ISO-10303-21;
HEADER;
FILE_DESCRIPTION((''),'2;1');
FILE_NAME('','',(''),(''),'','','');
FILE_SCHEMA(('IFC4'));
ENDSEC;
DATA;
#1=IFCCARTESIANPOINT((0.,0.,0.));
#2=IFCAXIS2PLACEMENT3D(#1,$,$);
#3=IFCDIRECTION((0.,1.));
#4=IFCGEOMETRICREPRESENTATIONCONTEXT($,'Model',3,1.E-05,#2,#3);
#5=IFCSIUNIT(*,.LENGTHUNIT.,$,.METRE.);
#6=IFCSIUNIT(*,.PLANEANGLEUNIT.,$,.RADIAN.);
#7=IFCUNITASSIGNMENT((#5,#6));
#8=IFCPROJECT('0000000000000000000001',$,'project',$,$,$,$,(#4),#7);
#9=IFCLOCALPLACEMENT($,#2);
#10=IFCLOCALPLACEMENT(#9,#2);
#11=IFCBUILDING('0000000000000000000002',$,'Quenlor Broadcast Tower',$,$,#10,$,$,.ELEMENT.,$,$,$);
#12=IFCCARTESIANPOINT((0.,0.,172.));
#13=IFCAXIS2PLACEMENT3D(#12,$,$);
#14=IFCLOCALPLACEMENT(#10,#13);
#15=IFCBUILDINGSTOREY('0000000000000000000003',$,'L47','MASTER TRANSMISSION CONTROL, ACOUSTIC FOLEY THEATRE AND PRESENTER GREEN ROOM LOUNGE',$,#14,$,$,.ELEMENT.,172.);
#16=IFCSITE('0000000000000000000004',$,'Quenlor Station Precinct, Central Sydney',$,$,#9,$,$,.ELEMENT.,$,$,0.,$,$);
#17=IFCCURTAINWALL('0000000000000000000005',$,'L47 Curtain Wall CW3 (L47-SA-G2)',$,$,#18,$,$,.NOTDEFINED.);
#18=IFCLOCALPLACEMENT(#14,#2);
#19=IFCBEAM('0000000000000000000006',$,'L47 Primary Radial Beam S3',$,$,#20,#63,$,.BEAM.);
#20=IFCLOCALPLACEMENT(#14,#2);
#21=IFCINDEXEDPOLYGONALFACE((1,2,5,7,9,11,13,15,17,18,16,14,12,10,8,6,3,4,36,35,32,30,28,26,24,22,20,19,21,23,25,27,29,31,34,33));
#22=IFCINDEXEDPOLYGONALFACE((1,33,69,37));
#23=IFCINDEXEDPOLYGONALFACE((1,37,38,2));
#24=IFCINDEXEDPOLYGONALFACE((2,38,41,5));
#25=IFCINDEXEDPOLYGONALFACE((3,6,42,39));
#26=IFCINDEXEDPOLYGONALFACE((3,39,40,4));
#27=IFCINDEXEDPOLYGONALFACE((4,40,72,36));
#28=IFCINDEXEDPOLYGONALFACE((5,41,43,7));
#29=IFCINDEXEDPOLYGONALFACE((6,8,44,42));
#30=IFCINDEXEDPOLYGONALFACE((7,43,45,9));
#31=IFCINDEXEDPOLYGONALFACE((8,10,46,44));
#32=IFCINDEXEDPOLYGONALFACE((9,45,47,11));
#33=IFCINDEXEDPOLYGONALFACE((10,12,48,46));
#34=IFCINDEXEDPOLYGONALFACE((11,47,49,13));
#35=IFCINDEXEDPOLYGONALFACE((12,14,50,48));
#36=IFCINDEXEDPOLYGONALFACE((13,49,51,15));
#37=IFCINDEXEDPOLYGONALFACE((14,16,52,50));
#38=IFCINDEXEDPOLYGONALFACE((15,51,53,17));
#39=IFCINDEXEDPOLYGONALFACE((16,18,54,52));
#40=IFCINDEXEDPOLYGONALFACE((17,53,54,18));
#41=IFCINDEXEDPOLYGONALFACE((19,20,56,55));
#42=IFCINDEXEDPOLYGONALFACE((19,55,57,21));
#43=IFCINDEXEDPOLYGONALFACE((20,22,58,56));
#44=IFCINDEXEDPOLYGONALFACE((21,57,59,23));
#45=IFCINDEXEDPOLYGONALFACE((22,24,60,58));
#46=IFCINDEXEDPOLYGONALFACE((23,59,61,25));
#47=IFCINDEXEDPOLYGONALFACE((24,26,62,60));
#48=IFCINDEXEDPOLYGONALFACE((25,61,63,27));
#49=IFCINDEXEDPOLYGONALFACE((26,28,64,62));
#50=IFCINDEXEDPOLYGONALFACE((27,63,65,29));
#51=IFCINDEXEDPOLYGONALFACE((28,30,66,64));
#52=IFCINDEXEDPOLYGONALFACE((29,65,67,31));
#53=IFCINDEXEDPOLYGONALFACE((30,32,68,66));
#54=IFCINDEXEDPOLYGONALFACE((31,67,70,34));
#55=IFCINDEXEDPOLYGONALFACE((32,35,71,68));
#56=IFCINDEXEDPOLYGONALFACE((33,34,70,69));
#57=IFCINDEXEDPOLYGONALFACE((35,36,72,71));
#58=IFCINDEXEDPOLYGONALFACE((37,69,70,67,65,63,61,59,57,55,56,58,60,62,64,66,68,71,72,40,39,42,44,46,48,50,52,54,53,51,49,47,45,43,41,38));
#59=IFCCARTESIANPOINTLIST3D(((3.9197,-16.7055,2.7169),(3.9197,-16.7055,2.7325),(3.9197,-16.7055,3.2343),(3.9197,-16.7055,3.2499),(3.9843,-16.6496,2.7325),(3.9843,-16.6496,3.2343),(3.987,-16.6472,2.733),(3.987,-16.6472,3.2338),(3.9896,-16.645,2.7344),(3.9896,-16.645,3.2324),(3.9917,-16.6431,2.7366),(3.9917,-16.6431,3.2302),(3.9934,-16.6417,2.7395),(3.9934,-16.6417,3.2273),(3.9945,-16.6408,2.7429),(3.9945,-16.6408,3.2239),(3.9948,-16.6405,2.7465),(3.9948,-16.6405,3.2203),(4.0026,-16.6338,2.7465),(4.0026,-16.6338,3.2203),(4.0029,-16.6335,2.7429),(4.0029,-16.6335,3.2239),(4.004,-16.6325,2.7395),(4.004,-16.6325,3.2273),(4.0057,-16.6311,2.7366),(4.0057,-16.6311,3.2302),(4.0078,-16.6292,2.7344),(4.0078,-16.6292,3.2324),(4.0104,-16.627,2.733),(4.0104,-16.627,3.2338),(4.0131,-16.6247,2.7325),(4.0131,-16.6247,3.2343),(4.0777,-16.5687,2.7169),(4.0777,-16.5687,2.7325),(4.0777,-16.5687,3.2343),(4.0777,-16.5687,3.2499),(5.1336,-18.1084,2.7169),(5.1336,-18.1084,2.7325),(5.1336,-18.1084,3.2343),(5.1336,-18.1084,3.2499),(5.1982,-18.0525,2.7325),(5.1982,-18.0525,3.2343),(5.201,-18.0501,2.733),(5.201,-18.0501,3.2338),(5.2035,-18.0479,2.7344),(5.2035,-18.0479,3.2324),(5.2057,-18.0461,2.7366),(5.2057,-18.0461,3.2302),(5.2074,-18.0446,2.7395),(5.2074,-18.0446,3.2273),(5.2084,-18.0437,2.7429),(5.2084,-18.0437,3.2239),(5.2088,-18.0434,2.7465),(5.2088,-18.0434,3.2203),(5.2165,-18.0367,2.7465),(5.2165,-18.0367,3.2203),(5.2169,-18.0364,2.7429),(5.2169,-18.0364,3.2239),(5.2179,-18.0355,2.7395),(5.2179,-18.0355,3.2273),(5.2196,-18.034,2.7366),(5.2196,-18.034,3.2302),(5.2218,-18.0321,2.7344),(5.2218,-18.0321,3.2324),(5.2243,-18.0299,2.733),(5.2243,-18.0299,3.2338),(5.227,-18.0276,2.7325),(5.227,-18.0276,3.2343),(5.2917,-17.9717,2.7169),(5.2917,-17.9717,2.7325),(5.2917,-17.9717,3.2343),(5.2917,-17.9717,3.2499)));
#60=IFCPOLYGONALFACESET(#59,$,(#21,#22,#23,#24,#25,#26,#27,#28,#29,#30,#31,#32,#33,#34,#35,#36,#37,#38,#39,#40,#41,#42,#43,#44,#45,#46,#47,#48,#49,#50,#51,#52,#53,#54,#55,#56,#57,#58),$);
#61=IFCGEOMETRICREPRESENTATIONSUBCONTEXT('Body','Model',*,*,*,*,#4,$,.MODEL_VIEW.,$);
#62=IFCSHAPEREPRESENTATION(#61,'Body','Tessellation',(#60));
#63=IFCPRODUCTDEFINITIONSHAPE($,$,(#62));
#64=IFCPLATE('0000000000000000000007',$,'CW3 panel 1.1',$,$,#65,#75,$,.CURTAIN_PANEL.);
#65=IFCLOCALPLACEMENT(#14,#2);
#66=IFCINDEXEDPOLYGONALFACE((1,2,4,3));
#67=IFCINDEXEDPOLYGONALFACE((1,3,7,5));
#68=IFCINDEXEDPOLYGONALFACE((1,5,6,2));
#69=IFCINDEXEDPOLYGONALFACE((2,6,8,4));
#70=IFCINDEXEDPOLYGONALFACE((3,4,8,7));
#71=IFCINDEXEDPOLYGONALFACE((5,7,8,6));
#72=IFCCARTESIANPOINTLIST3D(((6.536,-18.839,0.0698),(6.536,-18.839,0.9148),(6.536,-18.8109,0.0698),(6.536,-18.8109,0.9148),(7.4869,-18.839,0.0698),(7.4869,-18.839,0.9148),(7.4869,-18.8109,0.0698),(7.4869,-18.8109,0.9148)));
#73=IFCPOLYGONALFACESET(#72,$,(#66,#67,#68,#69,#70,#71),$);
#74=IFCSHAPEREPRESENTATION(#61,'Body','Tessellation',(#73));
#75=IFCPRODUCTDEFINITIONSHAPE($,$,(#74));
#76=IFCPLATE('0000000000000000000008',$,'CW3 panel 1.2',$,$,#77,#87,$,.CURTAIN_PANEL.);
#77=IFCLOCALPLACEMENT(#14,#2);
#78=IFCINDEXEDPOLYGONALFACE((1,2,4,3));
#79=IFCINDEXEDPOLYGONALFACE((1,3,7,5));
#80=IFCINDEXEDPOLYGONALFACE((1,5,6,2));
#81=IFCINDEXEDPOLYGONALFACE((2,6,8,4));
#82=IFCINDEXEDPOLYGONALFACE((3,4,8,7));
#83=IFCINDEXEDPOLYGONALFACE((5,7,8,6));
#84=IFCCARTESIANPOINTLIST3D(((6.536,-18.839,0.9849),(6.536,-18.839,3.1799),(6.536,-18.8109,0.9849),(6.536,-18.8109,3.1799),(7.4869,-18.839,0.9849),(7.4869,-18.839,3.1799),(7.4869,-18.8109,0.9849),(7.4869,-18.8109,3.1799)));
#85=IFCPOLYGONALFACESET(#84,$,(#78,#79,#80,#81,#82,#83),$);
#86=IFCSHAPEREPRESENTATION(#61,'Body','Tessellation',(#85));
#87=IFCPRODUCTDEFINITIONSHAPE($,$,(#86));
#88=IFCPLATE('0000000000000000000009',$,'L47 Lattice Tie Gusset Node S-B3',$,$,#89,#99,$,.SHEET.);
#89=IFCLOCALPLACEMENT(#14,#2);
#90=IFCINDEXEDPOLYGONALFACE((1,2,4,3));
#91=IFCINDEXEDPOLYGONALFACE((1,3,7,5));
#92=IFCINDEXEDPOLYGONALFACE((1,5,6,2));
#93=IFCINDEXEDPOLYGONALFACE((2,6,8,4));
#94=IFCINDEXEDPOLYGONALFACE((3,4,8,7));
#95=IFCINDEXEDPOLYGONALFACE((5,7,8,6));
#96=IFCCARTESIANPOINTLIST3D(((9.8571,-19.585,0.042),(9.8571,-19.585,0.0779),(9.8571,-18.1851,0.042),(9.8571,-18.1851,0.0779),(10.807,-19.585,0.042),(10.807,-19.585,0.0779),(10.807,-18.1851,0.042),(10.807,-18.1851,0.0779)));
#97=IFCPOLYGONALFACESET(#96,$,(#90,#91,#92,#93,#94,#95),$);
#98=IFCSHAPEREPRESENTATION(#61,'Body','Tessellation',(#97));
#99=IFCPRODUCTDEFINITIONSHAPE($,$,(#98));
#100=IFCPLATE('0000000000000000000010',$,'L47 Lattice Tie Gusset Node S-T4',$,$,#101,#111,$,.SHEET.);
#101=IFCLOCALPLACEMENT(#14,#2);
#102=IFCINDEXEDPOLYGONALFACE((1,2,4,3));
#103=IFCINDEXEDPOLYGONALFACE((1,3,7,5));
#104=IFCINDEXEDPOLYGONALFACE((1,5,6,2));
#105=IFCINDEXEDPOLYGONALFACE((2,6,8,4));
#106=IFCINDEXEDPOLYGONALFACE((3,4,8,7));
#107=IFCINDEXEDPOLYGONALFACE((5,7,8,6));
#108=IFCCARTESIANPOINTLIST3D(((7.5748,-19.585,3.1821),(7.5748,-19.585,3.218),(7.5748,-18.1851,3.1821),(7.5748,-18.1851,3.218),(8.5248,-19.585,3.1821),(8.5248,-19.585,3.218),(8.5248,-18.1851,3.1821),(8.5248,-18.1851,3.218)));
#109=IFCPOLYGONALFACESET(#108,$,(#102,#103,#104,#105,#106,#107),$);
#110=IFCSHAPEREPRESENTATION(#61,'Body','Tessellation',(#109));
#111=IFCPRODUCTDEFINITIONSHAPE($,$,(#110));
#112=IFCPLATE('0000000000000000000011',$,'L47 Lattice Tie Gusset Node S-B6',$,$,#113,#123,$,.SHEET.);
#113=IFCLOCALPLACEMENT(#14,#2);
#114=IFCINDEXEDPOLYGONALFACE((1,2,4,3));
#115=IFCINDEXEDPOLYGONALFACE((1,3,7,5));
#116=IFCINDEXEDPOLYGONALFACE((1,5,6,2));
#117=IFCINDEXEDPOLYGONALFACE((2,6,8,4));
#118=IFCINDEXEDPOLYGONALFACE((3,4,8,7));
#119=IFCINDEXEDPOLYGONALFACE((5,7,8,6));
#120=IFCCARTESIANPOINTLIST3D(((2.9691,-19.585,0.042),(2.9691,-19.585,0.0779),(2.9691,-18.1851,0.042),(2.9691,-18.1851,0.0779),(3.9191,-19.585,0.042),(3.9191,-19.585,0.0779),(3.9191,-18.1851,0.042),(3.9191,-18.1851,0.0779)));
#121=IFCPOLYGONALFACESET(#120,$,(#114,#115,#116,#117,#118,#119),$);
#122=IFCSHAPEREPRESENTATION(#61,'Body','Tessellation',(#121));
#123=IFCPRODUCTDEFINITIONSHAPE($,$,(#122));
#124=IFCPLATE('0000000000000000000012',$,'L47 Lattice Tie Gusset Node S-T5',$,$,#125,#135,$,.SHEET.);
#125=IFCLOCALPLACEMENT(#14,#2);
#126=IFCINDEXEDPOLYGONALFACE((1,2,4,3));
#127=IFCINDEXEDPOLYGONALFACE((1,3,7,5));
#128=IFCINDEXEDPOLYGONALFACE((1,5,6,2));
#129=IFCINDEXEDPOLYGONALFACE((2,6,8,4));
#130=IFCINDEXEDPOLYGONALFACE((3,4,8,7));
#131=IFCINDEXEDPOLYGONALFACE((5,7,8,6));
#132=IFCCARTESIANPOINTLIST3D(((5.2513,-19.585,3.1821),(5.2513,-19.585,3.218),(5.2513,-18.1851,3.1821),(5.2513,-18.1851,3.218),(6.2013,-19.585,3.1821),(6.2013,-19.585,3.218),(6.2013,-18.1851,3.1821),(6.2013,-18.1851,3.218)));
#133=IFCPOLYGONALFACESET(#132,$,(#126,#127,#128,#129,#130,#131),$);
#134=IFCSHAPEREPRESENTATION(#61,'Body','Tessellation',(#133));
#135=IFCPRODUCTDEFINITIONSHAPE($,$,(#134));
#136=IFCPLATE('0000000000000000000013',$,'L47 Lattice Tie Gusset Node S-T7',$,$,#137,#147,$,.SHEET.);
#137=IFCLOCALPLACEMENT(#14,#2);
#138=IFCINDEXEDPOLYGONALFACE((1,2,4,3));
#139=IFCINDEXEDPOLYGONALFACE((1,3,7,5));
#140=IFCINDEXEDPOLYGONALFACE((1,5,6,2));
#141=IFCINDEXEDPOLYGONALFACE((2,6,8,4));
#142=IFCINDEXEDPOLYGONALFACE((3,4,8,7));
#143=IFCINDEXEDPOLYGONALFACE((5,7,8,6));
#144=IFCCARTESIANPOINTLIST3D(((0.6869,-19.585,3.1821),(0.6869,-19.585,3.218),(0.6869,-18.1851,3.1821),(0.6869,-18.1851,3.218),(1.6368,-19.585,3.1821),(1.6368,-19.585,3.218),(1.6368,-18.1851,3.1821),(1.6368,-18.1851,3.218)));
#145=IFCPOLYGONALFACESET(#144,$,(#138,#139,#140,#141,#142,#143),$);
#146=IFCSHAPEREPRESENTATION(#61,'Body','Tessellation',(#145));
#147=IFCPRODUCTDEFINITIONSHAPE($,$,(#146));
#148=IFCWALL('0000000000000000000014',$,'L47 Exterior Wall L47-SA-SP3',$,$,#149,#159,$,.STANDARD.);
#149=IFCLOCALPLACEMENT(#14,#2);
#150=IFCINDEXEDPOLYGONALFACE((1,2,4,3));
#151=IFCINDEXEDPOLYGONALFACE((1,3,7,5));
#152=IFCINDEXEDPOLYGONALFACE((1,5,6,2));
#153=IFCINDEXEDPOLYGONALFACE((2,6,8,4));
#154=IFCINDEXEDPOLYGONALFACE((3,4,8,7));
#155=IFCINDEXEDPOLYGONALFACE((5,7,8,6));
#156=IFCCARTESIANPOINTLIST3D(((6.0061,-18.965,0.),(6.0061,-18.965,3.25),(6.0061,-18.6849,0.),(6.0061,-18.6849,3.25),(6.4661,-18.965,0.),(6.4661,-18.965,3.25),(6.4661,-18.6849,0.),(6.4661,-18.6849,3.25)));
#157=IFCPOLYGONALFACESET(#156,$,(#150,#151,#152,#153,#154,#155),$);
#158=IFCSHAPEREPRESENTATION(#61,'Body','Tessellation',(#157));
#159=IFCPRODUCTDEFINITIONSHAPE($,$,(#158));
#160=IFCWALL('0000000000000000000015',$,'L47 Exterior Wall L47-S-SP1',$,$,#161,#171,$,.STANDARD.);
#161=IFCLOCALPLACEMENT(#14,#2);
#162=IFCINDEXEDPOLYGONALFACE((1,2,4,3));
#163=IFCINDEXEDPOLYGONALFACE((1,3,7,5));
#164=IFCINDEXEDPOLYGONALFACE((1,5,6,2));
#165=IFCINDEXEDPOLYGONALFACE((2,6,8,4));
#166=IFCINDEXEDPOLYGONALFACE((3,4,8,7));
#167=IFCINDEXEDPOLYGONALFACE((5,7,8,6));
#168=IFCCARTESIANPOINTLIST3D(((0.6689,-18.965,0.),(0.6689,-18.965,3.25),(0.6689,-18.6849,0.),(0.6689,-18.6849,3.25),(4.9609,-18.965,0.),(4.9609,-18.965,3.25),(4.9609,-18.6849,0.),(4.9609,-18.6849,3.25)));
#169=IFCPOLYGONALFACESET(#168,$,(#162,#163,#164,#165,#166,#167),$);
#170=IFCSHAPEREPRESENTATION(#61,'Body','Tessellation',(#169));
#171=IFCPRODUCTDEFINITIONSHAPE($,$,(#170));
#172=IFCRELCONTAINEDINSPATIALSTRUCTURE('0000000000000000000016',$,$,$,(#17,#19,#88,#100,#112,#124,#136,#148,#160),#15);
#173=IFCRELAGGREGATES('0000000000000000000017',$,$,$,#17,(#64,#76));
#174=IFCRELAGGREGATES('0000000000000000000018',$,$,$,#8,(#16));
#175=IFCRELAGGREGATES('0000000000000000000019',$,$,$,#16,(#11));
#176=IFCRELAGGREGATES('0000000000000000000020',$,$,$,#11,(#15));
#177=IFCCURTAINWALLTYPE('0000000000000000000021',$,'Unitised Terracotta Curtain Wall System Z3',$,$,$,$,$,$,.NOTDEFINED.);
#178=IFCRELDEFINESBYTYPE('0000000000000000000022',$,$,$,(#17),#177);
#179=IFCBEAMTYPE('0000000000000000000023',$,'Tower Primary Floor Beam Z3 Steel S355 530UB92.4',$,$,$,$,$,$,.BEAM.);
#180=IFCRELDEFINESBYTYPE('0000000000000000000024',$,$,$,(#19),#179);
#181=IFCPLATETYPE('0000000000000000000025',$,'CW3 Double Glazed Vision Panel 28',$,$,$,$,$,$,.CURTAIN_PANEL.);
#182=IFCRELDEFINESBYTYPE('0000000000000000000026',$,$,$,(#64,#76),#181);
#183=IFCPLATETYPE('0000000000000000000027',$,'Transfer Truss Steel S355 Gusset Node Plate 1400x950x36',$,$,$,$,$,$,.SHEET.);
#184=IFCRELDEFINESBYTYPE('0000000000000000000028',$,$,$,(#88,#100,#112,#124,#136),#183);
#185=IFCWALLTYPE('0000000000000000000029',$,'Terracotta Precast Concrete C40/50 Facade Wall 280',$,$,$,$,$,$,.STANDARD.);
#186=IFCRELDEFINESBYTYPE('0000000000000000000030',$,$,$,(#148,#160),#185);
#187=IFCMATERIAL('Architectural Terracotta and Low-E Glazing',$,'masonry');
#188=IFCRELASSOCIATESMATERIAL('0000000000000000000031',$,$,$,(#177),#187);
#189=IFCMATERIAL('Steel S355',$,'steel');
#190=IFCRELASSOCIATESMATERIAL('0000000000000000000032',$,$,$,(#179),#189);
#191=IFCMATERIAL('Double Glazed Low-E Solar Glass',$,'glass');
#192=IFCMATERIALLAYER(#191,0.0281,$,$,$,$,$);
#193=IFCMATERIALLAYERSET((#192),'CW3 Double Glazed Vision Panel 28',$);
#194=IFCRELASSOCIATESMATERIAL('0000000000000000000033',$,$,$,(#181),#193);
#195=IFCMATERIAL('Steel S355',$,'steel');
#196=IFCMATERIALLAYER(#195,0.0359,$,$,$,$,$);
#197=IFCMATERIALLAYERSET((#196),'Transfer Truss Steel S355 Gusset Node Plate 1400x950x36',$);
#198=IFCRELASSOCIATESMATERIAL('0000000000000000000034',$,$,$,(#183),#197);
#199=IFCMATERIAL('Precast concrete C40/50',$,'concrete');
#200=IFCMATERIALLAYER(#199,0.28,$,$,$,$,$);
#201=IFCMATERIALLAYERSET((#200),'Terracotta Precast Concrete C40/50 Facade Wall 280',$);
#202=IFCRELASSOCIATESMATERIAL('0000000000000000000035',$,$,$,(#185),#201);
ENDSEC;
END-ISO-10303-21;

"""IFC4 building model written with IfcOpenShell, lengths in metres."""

from ifc_helpers import new_model, si_unit, direction, frame, frame_2d, origin, origin_2d, place, context, subcontext, project, spatial, rectangle, i_section, extrude, material, layer, layer_set, material_profile, profile_set, type_object, element, aggregate, save


model = new_model("IFC4")

# Units and contexts
model_context = context("Model", 3, precision=1e-05, world=origin(), true_north=direction((0.0, 1.0)))
body_context = subcontext(model_context, "Body", "Model", "MODEL_VIEW")
ifc_project = project(units=[si_unit("LENGTHUNIT", "METRE"), si_unit("PLANEANGLEUNIT", "RADIAN")], contexts=[model_context])

# Site, building, storey
site_placement = place(None, origin())
site = spatial("IfcSite", under=ifc_project, at=site_placement, Name="Quenlor Station Precinct, Central Sydney", CompositionType="ELEMENT", RefElevation=0.0)
building_placement = place(site_placement, origin())
building = spatial("IfcBuilding", under=site, at=building_placement, Name="Quenlor Broadcast Tower", CompositionType="ELEMENT")
storey_placement = place(building_placement, frame((0.0, 0.0, 172.0)))
storey = spatial("IfcBuildingStorey", under=building, at=storey_placement, Name="L47", Description="MASTER TRANSMISSION CONTROL, ACOUSTIC FOLEY THEATRE AND PRESENTER GREEN ROOM LOUNGE", CompositionType="ELEMENT", Elevation=172.0)

# Curtain wall
ifc_material_1 = material(Name="Architectural Terracotta and Low-E Glazing", Category="masonry")
curtain_wall_type = type_object("IfcCurtainWallType", Name="Unitised Terracotta Curtain Wall System Z3", PredefinedType="NOTDEFINED", material=ifc_material_1)
curtain_wall_1_placement = place(storey_placement, origin())
curtain_wall_1 = element("IfcCurtainWall", 1, at=curtain_wall_1_placement, inside=storey, type_object=curtain_wall_type, Name="L47 Curtain Wall CW3 (L47-SA-G2)", PredefinedType="NOTDEFINED")

# Beam
ifc_material_2 = material(Name="Steel S355", Category="steel")
ifc_material_profile_1 = material_profile(ifc_material_2, i_section(OverallWidth=0.209, OverallDepth=0.533, WebThickness=0.0103, FlangeThickness=0.0156, FilletRadius=0.0139, at=origin_2d()))
ifc_profile_set_1 = profile_set([ifc_material_profile_1], Name="Steel S355 530UB92.4")
beam_type_1 = type_object("IfcBeamType", Name="Tower Primary Floor Beam Z3 Steel S355 530UB92.4", PredefinedType="BEAM", material=ifc_profile_set_1)
beam_1_placement = place(storey_placement, frame((5.2126, -18.04, 2.9834), z_axis=(-0.654339, 0.756201, 0.0), x_axis=(-0.756201, -0.654339, 0.0)))
element("IfcBeam", 2, at=beam_1_placement, inside=storey, type_object=beam_type_1, Name="L47 Primary Radial Beam S3", PredefinedType="BEAM", context=body_context, shape_type="SweptSolid", body=[
    extrude(i_section(OverallWidth=0.209, OverallDepth=0.533, WebThickness=0.0103, FlangeThickness=0.0156, FilletRadius=0.0139, at=origin_2d()), origin(), (0.0, 0.0, 1.0), 1.8552),
])

# Plates
ifc_material_3 = material(Name="Double Glazed Low-E Solar Glass", Category="glass")
ifc_layer_1 = layer(ifc_material_3, 0.0281)
ifc_layer_set_1 = layer_set([ifc_layer_1], Name="CW3 Double Glazed Vision Panel 28")
plate_type_1 = type_object("IfcPlateType", Name="CW3 Double Glazed Vision Panel 28", PredefinedType="CURTAIN_PANEL", material=ifc_layer_set_1)
plate_1_placement = place(storey_placement, frame((7.0115, -18.825, 0.0698), z_axis=(0.0, 0.0, 1.0), x_axis=(-1.0, 0.0, 0.0)))
plate_1 = element("IfcPlate", 3, at=plate_1_placement, type_object=plate_type_1, Name="CW3 panel 1.1", PredefinedType="CURTAIN_PANEL", context=body_context, shape_type="SweptSolid", body=[
    extrude(rectangle(XDim=0.9509, YDim=0.0281, at=origin_2d()), origin(), (0.0, 0.0, 1.0), 0.845),
])
plate_2_placement = place(storey_placement, frame((7.0115, -18.825, 0.9849), z_axis=(0.0, 0.0, 1.0), x_axis=(-1.0, 0.0, 0.0)))
plate_2 = element("IfcPlate", 4, at=plate_2_placement, type_object=plate_type_1, Name="CW3 panel 1.2", PredefinedType="CURTAIN_PANEL", context=body_context, shape_type="SweptSolid", body=[
    extrude(rectangle(XDim=0.9509, YDim=0.0281, at=origin_2d()), origin(), (0.0, 0.0, 1.0), 2.1951),
])
aggregate(curtain_wall_1, [plate_1, plate_2])

# Plates
ifc_material_4 = material(Name="Steel S355", Category="steel")
ifc_layer_2 = layer(ifc_material_4, 0.0359)
ifc_layer_set_2 = layer_set([ifc_layer_2], Name="Transfer Truss Steel S355 Gusset Node Plate 1400x950x36")
plate_type_2 = type_object("IfcPlateType", Name="Transfer Truss Steel S355 Gusset Node Plate 1400x950x36", PredefinedType="SHEET", material=ifc_layer_set_2)
for number, where, z_axis, x_axis, name in (
    (5, (10.332, -18.885, 0.042), (0.0, 0.0, 1.0), (0.0, -1.0, 0.0), "L47 Lattice Tie Gusset Node S-B3"),
    (6, (8.0498, -18.885, 3.1821), (0.0, 0.0, 1.0), (0.0, -1.0, 0.0), "L47 Lattice Tie Gusset Node S-T4"),
    (7, (3.4441, -18.885, 0.042), (0.0, 0.0, 1.0), (0.0, -1.0, 0.0), "L47 Lattice Tie Gusset Node S-B6"),
    (8, (5.7263, -18.885, 3.1821), (0.0, 0.0, 1.0), (0.0, -1.0, 0.0), "L47 Lattice Tie Gusset Node S-T5"),
    (9, (1.1619, -18.885, 3.1821), (0.0, 0.0, 1.0), (0.0, -1.0, 0.0), "L47 Lattice Tie Gusset Node S-T7"),
):
    element("IfcPlate", number, at=place(storey_placement, frame(where, z_axis=z_axis, x_axis=x_axis)), inside=storey, type_object=plate_type_2, Name=name, PredefinedType="SHEET", context=body_context, shape_type="SweptSolid", body=[
        extrude(rectangle(XDim=1.3999, YDim=0.95, at=origin_2d()), origin(), (0.0, 0.0, 1.0), 0.0359),
    ])

# Walls
ifc_material_5 = material(Name="Precast concrete C40/50", Category="concrete")
ifc_layer_3 = layer(ifc_material_5, 0.28)
ifc_layer_set_3 = layer_set([ifc_layer_3], Name="Terracotta Precast Concrete C40/50 Facade Wall 280")
wall_type = type_object("IfcWallType", Name="Terracotta Precast Concrete C40/50 Facade Wall 280", PredefinedType="STANDARD", material=ifc_layer_set_3)
wall_1_placement = place(storey_placement, frame((6.4661, -18.825, 0.0), z_axis=(0.0, 0.0, 1.0), x_axis=(-1.0, 0.0, 0.0)))
element("IfcWall", 10, at=wall_1_placement, inside=storey, type_object=wall_type, Name="L47 Exterior Wall L47-SA-SP3", PredefinedType="STANDARD", context=body_context, shape_type="SweptSolid", body=[
    extrude(rectangle(XDim=0.46, YDim=0.28, at=frame_2d((0.23, 0.0))), origin(), (0.0, 0.0, 1.0), 3.25),
])
wall_2_placement = place(storey_placement, frame((4.9609, -18.825, 0.0), z_axis=(0.0, 0.0, 1.0), x_axis=(-1.0, 0.0, 0.0)))
element("IfcWall", 11, at=wall_2_placement, inside=storey, type_object=wall_type, Name="L47 Exterior Wall L47-S-SP1", PredefinedType="STANDARD", context=body_context, shape_type="SweptSolid", body=[
    extrude(rectangle(XDim=4.292, YDim=0.28, at=frame_2d((2.146, 0.0))), origin(), (0.0, 0.0, 1.0), 3.25),
])

save(model, "model.ifc")
